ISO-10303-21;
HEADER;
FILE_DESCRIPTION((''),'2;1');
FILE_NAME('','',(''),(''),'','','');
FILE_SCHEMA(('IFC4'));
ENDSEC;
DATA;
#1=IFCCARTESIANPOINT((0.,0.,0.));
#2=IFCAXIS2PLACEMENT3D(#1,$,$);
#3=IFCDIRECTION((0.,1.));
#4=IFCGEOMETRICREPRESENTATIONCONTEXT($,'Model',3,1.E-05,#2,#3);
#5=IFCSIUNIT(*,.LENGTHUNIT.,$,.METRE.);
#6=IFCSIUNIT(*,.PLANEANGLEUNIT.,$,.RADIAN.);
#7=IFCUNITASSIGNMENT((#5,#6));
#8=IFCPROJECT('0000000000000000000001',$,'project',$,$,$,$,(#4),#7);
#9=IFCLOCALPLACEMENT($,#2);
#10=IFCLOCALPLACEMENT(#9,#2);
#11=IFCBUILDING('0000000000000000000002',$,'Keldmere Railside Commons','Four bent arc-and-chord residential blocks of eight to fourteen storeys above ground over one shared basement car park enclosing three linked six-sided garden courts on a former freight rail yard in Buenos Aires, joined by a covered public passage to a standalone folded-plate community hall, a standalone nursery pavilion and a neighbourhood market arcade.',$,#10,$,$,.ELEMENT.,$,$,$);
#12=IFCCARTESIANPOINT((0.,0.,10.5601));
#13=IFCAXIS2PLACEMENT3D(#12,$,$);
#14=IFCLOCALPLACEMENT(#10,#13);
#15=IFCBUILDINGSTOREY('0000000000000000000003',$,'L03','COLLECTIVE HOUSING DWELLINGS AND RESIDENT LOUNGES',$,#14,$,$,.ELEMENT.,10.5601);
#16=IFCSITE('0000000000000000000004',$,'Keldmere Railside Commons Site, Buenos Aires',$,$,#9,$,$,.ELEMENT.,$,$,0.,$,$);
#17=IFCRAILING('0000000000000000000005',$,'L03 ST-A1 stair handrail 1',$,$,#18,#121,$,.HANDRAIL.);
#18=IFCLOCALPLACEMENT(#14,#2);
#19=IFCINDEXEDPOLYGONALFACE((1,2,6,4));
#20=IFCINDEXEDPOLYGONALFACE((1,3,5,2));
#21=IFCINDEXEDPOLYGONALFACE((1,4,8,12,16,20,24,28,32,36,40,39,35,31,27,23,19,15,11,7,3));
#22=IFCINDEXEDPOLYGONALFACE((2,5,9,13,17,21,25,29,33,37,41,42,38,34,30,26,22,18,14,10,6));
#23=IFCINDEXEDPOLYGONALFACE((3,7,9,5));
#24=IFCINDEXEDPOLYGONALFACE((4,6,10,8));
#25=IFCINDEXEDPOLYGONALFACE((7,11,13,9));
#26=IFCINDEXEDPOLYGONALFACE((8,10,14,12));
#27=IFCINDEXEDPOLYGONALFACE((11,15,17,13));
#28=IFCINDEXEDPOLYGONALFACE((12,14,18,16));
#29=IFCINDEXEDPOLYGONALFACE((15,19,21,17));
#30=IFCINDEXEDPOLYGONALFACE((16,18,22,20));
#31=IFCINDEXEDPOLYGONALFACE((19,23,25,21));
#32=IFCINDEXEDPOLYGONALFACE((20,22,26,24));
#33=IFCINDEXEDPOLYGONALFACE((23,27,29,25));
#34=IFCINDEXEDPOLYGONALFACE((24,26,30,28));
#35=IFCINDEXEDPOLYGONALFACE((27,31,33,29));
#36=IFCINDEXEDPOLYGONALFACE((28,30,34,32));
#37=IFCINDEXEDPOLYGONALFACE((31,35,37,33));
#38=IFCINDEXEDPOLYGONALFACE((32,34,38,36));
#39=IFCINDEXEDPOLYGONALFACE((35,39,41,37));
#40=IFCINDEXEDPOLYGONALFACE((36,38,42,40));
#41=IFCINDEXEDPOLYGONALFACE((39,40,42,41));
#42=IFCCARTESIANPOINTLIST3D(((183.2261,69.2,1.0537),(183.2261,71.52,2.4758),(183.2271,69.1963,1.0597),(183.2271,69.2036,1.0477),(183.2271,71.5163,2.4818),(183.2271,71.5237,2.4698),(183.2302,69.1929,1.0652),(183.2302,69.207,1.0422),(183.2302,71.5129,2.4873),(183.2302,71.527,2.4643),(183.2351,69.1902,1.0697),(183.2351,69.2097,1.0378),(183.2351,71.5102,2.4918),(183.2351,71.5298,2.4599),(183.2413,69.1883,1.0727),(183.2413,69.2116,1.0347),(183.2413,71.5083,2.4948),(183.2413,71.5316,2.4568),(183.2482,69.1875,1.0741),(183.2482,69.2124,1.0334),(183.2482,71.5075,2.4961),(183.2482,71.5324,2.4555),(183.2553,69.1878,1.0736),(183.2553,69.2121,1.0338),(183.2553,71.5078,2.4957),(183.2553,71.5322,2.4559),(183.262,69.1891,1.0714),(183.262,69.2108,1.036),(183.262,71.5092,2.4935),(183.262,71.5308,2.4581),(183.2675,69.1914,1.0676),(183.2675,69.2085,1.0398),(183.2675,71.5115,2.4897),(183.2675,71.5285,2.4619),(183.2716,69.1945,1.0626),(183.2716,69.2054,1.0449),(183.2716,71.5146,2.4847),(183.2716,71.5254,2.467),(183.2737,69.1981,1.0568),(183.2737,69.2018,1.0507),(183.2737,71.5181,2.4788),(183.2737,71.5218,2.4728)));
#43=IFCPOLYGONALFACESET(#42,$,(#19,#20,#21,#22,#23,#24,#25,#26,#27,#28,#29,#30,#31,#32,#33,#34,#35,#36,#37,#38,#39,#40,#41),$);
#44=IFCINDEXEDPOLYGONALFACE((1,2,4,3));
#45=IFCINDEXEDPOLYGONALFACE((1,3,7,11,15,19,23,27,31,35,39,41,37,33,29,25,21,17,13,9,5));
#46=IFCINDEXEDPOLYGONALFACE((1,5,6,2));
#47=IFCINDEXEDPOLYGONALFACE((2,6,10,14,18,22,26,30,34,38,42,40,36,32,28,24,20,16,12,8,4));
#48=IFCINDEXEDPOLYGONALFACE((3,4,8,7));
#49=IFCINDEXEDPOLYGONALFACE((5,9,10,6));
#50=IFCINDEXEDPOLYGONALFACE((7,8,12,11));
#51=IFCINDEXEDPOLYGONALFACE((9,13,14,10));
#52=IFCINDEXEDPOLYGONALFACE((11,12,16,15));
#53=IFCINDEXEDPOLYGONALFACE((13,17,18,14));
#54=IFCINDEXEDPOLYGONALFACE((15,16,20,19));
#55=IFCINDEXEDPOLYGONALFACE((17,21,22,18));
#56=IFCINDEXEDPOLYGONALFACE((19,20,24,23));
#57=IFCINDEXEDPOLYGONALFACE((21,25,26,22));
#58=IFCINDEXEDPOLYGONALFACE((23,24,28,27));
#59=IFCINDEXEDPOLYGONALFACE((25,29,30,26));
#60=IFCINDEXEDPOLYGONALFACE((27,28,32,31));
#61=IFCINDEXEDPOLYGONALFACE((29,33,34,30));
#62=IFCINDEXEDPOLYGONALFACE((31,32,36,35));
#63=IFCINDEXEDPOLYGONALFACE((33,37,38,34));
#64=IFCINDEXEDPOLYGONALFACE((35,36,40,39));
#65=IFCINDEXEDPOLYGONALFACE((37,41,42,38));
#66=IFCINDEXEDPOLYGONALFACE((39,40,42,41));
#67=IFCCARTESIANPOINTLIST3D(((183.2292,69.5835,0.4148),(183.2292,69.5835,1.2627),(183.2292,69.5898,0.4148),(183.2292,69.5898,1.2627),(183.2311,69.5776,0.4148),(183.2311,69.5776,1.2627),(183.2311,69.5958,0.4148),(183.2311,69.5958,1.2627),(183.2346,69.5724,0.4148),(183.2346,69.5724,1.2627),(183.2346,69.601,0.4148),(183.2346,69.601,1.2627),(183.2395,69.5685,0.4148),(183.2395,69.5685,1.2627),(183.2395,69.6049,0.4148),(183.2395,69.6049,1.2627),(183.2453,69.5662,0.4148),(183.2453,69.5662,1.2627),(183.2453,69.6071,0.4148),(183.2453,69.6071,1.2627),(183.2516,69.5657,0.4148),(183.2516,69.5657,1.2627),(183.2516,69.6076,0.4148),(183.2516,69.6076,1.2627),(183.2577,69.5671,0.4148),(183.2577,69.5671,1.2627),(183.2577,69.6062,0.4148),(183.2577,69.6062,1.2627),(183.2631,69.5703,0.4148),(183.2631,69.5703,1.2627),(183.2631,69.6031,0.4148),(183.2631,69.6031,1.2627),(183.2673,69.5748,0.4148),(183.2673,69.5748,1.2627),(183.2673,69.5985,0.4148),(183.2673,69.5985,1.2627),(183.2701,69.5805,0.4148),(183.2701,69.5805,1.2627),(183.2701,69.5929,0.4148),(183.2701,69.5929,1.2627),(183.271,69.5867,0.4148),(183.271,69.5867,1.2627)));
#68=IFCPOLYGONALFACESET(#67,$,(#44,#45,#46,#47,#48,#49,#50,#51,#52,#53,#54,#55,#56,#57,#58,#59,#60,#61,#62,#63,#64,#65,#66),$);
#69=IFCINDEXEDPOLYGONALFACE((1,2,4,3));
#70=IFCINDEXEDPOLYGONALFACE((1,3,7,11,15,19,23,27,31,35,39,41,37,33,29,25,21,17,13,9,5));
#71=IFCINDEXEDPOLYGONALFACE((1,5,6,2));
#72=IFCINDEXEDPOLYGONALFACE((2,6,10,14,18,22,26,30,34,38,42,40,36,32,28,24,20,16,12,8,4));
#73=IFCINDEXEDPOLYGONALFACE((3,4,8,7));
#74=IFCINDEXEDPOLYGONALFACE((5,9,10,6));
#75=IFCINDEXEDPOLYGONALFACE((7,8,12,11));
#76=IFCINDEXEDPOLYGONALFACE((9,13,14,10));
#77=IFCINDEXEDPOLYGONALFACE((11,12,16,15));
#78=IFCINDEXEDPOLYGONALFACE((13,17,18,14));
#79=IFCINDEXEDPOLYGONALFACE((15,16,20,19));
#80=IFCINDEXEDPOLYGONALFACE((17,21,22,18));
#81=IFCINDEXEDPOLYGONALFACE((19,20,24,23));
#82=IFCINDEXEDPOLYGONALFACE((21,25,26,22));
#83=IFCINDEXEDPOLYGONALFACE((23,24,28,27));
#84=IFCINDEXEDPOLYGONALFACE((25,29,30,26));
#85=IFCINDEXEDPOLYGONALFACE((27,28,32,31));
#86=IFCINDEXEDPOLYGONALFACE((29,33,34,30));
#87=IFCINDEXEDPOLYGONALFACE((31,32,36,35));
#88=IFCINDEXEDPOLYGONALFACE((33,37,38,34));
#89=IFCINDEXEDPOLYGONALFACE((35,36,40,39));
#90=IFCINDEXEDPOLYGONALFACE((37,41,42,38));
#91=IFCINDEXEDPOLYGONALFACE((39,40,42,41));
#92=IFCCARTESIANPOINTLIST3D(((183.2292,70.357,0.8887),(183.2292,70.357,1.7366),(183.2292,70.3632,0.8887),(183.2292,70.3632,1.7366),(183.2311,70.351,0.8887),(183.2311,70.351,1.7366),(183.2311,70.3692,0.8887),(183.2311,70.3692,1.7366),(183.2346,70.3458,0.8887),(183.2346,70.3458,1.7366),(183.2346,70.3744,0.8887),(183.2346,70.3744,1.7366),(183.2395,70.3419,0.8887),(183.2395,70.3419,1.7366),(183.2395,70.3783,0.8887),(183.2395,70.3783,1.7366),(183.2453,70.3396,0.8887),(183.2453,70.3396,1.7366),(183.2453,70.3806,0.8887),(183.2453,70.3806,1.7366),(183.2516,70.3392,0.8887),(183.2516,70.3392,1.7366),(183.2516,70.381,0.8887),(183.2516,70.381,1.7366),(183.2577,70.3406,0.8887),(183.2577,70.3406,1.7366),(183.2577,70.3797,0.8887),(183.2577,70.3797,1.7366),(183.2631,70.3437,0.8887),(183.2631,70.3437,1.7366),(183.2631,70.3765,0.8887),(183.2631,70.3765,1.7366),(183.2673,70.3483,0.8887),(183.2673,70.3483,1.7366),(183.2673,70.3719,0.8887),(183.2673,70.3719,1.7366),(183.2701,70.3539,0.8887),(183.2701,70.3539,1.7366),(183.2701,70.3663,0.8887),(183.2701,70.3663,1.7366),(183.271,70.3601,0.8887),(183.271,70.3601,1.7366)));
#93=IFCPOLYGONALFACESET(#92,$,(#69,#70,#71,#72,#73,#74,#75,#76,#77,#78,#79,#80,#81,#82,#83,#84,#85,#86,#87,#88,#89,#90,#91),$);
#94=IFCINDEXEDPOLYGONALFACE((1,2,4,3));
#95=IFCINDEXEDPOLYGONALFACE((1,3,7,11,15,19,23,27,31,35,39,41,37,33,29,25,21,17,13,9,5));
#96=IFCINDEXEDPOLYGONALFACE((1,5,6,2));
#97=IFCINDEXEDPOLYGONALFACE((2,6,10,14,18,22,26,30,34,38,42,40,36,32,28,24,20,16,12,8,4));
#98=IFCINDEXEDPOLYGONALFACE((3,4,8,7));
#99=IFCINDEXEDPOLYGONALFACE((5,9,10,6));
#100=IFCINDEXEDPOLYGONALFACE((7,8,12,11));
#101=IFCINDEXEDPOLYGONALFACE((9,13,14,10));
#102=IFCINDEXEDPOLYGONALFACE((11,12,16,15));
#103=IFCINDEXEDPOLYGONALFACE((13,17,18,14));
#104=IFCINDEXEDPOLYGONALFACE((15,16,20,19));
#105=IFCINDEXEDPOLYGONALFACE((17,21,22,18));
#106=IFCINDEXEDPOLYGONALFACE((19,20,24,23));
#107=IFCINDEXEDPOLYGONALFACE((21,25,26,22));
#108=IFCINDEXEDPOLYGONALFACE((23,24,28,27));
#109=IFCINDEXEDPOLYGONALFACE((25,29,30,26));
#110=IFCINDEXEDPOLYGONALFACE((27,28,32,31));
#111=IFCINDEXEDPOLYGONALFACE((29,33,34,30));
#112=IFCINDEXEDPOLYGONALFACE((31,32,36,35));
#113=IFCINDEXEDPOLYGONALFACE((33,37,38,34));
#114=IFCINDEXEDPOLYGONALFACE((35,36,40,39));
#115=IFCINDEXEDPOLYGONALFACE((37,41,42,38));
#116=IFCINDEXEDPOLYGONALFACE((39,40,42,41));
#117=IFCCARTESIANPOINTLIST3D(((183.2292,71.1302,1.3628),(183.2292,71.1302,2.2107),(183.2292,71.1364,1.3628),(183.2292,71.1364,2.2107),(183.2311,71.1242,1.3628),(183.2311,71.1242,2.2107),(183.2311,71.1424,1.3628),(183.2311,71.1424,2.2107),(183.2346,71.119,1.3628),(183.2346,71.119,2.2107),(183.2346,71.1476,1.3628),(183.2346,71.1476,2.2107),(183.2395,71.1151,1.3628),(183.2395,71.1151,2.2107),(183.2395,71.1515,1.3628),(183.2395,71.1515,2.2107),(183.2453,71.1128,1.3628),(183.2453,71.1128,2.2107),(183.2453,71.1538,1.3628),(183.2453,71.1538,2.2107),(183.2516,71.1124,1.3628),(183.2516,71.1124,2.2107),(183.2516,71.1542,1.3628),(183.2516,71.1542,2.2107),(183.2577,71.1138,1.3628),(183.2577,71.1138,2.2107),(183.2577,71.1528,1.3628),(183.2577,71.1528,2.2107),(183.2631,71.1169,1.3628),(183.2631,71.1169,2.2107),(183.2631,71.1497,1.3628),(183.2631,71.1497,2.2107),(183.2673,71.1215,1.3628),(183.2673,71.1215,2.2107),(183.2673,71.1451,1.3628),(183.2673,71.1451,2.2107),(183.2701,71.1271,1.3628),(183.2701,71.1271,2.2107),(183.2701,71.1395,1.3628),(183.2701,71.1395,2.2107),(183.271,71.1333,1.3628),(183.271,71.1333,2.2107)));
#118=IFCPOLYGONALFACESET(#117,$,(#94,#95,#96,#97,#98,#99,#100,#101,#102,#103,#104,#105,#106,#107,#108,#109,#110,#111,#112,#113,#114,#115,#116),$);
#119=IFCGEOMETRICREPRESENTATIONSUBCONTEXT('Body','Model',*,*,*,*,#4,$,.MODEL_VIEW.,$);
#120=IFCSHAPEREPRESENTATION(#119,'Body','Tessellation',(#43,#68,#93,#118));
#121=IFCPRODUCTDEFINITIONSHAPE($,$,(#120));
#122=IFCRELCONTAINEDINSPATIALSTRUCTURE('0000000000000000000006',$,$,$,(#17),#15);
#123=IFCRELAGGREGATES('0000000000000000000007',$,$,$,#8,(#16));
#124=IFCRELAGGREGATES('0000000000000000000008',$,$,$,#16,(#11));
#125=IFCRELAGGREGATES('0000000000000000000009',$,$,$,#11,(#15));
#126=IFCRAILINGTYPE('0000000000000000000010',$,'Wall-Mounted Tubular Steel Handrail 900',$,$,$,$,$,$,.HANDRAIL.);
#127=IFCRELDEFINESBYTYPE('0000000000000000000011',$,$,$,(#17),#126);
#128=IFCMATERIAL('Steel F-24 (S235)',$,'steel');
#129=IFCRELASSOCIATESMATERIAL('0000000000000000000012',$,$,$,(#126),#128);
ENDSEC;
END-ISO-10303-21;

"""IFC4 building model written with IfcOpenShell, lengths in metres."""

from ifc_helpers import new_model, si_unit, direction, frame, origin, origin_2d, place, context, subcontext, project, spatial, circle, extrude, material, type_object, element, save


model = new_model("IFC4")

# Units and contexts
model_context = context("Model", 3, precision=1e-05, world=origin(), true_north=direction((0.0, 1.0)))
body_context = subcontext(model_context, "Body", "Model", "MODEL_VIEW")
ifc_project = project(units=[si_unit("LENGTHUNIT", "METRE"), si_unit("PLANEANGLEUNIT", "RADIAN")], contexts=[model_context])

# Site, building, storey
site_placement = place(None, origin())
site = spatial("IfcSite", under=ifc_project, at=site_placement, Name="Keldmere Railside Commons Site, Buenos Aires", CompositionType="ELEMENT", RefElevation=0.0)
building_placement = place(site_placement, origin())
building = spatial("IfcBuilding", under=site, at=building_placement, Name="Keldmere Railside Commons", Description="Four bent arc-and-chord residential blocks of eight to fourteen storeys above ground over one shared basement car park enclosing three linked six-sided garden courts on a former freight rail yard in Buenos Aires, joined by a covered public passage to a standalone folded-plate community hall, a standalone nursery pavilion and a neighbourhood market arcade.", CompositionType="ELEMENT")
storey_placement = place(building_placement, frame((0.0, 0.0, 10.5601)))
storey = spatial("IfcBuildingStorey", under=building, at=storey_placement, Name="L03", Description="COLLECTIVE HOUSING DWELLINGS AND RESIDENT LOUNGES", CompositionType="ELEMENT", Elevation=10.5601)

# Railing
ifc_material_1 = material(Name="Steel F-24 (S235)", Category="steel")
railing_type_1 = type_object("IfcRailingType", Name="Wall-Mounted Tubular Steel Handrail 900", PredefinedType="HANDRAIL", material=ifc_material_1)
railing_1_placement = place(storey_placement, frame((183.25, 69.2, 0.1777)))
element("IfcRailing", 1, at=railing_1_placement, inside=storey, type_object=railing_type_1, Name="L03 ST-A1 stair handrail 1", PredefinedType="HANDRAIL", context=body_context, shape_type="SweptSolid", body=[
    extrude(circle(Radius=0.0239, at=origin_2d()), frame((0.0, 0.0, 0.876), z_axis=(0.0, 0.852578, 0.5226), x_axis=(-1.0, 0.0, 0.0)), (0.0, 0.0, 1.0), 2.7212),
    extrude(circle(Radius=0.021, at=origin_2d()), frame((0.0, 0.3867, 0.2371)), (0.0, 0.0, 1.0), 0.8479),
    extrude(circle(Radius=0.021, at=origin_2d()), frame((0.0, 1.1602, 0.7109)), (0.0, 0.0, 1.0), 0.8479),
    extrude(circle(Radius=0.021, at=origin_2d()), frame((0.0, 1.9333, 1.1851)), (0.0, 0.0, 1.0), 0.8479),
])

save(model, "model.ifc")
